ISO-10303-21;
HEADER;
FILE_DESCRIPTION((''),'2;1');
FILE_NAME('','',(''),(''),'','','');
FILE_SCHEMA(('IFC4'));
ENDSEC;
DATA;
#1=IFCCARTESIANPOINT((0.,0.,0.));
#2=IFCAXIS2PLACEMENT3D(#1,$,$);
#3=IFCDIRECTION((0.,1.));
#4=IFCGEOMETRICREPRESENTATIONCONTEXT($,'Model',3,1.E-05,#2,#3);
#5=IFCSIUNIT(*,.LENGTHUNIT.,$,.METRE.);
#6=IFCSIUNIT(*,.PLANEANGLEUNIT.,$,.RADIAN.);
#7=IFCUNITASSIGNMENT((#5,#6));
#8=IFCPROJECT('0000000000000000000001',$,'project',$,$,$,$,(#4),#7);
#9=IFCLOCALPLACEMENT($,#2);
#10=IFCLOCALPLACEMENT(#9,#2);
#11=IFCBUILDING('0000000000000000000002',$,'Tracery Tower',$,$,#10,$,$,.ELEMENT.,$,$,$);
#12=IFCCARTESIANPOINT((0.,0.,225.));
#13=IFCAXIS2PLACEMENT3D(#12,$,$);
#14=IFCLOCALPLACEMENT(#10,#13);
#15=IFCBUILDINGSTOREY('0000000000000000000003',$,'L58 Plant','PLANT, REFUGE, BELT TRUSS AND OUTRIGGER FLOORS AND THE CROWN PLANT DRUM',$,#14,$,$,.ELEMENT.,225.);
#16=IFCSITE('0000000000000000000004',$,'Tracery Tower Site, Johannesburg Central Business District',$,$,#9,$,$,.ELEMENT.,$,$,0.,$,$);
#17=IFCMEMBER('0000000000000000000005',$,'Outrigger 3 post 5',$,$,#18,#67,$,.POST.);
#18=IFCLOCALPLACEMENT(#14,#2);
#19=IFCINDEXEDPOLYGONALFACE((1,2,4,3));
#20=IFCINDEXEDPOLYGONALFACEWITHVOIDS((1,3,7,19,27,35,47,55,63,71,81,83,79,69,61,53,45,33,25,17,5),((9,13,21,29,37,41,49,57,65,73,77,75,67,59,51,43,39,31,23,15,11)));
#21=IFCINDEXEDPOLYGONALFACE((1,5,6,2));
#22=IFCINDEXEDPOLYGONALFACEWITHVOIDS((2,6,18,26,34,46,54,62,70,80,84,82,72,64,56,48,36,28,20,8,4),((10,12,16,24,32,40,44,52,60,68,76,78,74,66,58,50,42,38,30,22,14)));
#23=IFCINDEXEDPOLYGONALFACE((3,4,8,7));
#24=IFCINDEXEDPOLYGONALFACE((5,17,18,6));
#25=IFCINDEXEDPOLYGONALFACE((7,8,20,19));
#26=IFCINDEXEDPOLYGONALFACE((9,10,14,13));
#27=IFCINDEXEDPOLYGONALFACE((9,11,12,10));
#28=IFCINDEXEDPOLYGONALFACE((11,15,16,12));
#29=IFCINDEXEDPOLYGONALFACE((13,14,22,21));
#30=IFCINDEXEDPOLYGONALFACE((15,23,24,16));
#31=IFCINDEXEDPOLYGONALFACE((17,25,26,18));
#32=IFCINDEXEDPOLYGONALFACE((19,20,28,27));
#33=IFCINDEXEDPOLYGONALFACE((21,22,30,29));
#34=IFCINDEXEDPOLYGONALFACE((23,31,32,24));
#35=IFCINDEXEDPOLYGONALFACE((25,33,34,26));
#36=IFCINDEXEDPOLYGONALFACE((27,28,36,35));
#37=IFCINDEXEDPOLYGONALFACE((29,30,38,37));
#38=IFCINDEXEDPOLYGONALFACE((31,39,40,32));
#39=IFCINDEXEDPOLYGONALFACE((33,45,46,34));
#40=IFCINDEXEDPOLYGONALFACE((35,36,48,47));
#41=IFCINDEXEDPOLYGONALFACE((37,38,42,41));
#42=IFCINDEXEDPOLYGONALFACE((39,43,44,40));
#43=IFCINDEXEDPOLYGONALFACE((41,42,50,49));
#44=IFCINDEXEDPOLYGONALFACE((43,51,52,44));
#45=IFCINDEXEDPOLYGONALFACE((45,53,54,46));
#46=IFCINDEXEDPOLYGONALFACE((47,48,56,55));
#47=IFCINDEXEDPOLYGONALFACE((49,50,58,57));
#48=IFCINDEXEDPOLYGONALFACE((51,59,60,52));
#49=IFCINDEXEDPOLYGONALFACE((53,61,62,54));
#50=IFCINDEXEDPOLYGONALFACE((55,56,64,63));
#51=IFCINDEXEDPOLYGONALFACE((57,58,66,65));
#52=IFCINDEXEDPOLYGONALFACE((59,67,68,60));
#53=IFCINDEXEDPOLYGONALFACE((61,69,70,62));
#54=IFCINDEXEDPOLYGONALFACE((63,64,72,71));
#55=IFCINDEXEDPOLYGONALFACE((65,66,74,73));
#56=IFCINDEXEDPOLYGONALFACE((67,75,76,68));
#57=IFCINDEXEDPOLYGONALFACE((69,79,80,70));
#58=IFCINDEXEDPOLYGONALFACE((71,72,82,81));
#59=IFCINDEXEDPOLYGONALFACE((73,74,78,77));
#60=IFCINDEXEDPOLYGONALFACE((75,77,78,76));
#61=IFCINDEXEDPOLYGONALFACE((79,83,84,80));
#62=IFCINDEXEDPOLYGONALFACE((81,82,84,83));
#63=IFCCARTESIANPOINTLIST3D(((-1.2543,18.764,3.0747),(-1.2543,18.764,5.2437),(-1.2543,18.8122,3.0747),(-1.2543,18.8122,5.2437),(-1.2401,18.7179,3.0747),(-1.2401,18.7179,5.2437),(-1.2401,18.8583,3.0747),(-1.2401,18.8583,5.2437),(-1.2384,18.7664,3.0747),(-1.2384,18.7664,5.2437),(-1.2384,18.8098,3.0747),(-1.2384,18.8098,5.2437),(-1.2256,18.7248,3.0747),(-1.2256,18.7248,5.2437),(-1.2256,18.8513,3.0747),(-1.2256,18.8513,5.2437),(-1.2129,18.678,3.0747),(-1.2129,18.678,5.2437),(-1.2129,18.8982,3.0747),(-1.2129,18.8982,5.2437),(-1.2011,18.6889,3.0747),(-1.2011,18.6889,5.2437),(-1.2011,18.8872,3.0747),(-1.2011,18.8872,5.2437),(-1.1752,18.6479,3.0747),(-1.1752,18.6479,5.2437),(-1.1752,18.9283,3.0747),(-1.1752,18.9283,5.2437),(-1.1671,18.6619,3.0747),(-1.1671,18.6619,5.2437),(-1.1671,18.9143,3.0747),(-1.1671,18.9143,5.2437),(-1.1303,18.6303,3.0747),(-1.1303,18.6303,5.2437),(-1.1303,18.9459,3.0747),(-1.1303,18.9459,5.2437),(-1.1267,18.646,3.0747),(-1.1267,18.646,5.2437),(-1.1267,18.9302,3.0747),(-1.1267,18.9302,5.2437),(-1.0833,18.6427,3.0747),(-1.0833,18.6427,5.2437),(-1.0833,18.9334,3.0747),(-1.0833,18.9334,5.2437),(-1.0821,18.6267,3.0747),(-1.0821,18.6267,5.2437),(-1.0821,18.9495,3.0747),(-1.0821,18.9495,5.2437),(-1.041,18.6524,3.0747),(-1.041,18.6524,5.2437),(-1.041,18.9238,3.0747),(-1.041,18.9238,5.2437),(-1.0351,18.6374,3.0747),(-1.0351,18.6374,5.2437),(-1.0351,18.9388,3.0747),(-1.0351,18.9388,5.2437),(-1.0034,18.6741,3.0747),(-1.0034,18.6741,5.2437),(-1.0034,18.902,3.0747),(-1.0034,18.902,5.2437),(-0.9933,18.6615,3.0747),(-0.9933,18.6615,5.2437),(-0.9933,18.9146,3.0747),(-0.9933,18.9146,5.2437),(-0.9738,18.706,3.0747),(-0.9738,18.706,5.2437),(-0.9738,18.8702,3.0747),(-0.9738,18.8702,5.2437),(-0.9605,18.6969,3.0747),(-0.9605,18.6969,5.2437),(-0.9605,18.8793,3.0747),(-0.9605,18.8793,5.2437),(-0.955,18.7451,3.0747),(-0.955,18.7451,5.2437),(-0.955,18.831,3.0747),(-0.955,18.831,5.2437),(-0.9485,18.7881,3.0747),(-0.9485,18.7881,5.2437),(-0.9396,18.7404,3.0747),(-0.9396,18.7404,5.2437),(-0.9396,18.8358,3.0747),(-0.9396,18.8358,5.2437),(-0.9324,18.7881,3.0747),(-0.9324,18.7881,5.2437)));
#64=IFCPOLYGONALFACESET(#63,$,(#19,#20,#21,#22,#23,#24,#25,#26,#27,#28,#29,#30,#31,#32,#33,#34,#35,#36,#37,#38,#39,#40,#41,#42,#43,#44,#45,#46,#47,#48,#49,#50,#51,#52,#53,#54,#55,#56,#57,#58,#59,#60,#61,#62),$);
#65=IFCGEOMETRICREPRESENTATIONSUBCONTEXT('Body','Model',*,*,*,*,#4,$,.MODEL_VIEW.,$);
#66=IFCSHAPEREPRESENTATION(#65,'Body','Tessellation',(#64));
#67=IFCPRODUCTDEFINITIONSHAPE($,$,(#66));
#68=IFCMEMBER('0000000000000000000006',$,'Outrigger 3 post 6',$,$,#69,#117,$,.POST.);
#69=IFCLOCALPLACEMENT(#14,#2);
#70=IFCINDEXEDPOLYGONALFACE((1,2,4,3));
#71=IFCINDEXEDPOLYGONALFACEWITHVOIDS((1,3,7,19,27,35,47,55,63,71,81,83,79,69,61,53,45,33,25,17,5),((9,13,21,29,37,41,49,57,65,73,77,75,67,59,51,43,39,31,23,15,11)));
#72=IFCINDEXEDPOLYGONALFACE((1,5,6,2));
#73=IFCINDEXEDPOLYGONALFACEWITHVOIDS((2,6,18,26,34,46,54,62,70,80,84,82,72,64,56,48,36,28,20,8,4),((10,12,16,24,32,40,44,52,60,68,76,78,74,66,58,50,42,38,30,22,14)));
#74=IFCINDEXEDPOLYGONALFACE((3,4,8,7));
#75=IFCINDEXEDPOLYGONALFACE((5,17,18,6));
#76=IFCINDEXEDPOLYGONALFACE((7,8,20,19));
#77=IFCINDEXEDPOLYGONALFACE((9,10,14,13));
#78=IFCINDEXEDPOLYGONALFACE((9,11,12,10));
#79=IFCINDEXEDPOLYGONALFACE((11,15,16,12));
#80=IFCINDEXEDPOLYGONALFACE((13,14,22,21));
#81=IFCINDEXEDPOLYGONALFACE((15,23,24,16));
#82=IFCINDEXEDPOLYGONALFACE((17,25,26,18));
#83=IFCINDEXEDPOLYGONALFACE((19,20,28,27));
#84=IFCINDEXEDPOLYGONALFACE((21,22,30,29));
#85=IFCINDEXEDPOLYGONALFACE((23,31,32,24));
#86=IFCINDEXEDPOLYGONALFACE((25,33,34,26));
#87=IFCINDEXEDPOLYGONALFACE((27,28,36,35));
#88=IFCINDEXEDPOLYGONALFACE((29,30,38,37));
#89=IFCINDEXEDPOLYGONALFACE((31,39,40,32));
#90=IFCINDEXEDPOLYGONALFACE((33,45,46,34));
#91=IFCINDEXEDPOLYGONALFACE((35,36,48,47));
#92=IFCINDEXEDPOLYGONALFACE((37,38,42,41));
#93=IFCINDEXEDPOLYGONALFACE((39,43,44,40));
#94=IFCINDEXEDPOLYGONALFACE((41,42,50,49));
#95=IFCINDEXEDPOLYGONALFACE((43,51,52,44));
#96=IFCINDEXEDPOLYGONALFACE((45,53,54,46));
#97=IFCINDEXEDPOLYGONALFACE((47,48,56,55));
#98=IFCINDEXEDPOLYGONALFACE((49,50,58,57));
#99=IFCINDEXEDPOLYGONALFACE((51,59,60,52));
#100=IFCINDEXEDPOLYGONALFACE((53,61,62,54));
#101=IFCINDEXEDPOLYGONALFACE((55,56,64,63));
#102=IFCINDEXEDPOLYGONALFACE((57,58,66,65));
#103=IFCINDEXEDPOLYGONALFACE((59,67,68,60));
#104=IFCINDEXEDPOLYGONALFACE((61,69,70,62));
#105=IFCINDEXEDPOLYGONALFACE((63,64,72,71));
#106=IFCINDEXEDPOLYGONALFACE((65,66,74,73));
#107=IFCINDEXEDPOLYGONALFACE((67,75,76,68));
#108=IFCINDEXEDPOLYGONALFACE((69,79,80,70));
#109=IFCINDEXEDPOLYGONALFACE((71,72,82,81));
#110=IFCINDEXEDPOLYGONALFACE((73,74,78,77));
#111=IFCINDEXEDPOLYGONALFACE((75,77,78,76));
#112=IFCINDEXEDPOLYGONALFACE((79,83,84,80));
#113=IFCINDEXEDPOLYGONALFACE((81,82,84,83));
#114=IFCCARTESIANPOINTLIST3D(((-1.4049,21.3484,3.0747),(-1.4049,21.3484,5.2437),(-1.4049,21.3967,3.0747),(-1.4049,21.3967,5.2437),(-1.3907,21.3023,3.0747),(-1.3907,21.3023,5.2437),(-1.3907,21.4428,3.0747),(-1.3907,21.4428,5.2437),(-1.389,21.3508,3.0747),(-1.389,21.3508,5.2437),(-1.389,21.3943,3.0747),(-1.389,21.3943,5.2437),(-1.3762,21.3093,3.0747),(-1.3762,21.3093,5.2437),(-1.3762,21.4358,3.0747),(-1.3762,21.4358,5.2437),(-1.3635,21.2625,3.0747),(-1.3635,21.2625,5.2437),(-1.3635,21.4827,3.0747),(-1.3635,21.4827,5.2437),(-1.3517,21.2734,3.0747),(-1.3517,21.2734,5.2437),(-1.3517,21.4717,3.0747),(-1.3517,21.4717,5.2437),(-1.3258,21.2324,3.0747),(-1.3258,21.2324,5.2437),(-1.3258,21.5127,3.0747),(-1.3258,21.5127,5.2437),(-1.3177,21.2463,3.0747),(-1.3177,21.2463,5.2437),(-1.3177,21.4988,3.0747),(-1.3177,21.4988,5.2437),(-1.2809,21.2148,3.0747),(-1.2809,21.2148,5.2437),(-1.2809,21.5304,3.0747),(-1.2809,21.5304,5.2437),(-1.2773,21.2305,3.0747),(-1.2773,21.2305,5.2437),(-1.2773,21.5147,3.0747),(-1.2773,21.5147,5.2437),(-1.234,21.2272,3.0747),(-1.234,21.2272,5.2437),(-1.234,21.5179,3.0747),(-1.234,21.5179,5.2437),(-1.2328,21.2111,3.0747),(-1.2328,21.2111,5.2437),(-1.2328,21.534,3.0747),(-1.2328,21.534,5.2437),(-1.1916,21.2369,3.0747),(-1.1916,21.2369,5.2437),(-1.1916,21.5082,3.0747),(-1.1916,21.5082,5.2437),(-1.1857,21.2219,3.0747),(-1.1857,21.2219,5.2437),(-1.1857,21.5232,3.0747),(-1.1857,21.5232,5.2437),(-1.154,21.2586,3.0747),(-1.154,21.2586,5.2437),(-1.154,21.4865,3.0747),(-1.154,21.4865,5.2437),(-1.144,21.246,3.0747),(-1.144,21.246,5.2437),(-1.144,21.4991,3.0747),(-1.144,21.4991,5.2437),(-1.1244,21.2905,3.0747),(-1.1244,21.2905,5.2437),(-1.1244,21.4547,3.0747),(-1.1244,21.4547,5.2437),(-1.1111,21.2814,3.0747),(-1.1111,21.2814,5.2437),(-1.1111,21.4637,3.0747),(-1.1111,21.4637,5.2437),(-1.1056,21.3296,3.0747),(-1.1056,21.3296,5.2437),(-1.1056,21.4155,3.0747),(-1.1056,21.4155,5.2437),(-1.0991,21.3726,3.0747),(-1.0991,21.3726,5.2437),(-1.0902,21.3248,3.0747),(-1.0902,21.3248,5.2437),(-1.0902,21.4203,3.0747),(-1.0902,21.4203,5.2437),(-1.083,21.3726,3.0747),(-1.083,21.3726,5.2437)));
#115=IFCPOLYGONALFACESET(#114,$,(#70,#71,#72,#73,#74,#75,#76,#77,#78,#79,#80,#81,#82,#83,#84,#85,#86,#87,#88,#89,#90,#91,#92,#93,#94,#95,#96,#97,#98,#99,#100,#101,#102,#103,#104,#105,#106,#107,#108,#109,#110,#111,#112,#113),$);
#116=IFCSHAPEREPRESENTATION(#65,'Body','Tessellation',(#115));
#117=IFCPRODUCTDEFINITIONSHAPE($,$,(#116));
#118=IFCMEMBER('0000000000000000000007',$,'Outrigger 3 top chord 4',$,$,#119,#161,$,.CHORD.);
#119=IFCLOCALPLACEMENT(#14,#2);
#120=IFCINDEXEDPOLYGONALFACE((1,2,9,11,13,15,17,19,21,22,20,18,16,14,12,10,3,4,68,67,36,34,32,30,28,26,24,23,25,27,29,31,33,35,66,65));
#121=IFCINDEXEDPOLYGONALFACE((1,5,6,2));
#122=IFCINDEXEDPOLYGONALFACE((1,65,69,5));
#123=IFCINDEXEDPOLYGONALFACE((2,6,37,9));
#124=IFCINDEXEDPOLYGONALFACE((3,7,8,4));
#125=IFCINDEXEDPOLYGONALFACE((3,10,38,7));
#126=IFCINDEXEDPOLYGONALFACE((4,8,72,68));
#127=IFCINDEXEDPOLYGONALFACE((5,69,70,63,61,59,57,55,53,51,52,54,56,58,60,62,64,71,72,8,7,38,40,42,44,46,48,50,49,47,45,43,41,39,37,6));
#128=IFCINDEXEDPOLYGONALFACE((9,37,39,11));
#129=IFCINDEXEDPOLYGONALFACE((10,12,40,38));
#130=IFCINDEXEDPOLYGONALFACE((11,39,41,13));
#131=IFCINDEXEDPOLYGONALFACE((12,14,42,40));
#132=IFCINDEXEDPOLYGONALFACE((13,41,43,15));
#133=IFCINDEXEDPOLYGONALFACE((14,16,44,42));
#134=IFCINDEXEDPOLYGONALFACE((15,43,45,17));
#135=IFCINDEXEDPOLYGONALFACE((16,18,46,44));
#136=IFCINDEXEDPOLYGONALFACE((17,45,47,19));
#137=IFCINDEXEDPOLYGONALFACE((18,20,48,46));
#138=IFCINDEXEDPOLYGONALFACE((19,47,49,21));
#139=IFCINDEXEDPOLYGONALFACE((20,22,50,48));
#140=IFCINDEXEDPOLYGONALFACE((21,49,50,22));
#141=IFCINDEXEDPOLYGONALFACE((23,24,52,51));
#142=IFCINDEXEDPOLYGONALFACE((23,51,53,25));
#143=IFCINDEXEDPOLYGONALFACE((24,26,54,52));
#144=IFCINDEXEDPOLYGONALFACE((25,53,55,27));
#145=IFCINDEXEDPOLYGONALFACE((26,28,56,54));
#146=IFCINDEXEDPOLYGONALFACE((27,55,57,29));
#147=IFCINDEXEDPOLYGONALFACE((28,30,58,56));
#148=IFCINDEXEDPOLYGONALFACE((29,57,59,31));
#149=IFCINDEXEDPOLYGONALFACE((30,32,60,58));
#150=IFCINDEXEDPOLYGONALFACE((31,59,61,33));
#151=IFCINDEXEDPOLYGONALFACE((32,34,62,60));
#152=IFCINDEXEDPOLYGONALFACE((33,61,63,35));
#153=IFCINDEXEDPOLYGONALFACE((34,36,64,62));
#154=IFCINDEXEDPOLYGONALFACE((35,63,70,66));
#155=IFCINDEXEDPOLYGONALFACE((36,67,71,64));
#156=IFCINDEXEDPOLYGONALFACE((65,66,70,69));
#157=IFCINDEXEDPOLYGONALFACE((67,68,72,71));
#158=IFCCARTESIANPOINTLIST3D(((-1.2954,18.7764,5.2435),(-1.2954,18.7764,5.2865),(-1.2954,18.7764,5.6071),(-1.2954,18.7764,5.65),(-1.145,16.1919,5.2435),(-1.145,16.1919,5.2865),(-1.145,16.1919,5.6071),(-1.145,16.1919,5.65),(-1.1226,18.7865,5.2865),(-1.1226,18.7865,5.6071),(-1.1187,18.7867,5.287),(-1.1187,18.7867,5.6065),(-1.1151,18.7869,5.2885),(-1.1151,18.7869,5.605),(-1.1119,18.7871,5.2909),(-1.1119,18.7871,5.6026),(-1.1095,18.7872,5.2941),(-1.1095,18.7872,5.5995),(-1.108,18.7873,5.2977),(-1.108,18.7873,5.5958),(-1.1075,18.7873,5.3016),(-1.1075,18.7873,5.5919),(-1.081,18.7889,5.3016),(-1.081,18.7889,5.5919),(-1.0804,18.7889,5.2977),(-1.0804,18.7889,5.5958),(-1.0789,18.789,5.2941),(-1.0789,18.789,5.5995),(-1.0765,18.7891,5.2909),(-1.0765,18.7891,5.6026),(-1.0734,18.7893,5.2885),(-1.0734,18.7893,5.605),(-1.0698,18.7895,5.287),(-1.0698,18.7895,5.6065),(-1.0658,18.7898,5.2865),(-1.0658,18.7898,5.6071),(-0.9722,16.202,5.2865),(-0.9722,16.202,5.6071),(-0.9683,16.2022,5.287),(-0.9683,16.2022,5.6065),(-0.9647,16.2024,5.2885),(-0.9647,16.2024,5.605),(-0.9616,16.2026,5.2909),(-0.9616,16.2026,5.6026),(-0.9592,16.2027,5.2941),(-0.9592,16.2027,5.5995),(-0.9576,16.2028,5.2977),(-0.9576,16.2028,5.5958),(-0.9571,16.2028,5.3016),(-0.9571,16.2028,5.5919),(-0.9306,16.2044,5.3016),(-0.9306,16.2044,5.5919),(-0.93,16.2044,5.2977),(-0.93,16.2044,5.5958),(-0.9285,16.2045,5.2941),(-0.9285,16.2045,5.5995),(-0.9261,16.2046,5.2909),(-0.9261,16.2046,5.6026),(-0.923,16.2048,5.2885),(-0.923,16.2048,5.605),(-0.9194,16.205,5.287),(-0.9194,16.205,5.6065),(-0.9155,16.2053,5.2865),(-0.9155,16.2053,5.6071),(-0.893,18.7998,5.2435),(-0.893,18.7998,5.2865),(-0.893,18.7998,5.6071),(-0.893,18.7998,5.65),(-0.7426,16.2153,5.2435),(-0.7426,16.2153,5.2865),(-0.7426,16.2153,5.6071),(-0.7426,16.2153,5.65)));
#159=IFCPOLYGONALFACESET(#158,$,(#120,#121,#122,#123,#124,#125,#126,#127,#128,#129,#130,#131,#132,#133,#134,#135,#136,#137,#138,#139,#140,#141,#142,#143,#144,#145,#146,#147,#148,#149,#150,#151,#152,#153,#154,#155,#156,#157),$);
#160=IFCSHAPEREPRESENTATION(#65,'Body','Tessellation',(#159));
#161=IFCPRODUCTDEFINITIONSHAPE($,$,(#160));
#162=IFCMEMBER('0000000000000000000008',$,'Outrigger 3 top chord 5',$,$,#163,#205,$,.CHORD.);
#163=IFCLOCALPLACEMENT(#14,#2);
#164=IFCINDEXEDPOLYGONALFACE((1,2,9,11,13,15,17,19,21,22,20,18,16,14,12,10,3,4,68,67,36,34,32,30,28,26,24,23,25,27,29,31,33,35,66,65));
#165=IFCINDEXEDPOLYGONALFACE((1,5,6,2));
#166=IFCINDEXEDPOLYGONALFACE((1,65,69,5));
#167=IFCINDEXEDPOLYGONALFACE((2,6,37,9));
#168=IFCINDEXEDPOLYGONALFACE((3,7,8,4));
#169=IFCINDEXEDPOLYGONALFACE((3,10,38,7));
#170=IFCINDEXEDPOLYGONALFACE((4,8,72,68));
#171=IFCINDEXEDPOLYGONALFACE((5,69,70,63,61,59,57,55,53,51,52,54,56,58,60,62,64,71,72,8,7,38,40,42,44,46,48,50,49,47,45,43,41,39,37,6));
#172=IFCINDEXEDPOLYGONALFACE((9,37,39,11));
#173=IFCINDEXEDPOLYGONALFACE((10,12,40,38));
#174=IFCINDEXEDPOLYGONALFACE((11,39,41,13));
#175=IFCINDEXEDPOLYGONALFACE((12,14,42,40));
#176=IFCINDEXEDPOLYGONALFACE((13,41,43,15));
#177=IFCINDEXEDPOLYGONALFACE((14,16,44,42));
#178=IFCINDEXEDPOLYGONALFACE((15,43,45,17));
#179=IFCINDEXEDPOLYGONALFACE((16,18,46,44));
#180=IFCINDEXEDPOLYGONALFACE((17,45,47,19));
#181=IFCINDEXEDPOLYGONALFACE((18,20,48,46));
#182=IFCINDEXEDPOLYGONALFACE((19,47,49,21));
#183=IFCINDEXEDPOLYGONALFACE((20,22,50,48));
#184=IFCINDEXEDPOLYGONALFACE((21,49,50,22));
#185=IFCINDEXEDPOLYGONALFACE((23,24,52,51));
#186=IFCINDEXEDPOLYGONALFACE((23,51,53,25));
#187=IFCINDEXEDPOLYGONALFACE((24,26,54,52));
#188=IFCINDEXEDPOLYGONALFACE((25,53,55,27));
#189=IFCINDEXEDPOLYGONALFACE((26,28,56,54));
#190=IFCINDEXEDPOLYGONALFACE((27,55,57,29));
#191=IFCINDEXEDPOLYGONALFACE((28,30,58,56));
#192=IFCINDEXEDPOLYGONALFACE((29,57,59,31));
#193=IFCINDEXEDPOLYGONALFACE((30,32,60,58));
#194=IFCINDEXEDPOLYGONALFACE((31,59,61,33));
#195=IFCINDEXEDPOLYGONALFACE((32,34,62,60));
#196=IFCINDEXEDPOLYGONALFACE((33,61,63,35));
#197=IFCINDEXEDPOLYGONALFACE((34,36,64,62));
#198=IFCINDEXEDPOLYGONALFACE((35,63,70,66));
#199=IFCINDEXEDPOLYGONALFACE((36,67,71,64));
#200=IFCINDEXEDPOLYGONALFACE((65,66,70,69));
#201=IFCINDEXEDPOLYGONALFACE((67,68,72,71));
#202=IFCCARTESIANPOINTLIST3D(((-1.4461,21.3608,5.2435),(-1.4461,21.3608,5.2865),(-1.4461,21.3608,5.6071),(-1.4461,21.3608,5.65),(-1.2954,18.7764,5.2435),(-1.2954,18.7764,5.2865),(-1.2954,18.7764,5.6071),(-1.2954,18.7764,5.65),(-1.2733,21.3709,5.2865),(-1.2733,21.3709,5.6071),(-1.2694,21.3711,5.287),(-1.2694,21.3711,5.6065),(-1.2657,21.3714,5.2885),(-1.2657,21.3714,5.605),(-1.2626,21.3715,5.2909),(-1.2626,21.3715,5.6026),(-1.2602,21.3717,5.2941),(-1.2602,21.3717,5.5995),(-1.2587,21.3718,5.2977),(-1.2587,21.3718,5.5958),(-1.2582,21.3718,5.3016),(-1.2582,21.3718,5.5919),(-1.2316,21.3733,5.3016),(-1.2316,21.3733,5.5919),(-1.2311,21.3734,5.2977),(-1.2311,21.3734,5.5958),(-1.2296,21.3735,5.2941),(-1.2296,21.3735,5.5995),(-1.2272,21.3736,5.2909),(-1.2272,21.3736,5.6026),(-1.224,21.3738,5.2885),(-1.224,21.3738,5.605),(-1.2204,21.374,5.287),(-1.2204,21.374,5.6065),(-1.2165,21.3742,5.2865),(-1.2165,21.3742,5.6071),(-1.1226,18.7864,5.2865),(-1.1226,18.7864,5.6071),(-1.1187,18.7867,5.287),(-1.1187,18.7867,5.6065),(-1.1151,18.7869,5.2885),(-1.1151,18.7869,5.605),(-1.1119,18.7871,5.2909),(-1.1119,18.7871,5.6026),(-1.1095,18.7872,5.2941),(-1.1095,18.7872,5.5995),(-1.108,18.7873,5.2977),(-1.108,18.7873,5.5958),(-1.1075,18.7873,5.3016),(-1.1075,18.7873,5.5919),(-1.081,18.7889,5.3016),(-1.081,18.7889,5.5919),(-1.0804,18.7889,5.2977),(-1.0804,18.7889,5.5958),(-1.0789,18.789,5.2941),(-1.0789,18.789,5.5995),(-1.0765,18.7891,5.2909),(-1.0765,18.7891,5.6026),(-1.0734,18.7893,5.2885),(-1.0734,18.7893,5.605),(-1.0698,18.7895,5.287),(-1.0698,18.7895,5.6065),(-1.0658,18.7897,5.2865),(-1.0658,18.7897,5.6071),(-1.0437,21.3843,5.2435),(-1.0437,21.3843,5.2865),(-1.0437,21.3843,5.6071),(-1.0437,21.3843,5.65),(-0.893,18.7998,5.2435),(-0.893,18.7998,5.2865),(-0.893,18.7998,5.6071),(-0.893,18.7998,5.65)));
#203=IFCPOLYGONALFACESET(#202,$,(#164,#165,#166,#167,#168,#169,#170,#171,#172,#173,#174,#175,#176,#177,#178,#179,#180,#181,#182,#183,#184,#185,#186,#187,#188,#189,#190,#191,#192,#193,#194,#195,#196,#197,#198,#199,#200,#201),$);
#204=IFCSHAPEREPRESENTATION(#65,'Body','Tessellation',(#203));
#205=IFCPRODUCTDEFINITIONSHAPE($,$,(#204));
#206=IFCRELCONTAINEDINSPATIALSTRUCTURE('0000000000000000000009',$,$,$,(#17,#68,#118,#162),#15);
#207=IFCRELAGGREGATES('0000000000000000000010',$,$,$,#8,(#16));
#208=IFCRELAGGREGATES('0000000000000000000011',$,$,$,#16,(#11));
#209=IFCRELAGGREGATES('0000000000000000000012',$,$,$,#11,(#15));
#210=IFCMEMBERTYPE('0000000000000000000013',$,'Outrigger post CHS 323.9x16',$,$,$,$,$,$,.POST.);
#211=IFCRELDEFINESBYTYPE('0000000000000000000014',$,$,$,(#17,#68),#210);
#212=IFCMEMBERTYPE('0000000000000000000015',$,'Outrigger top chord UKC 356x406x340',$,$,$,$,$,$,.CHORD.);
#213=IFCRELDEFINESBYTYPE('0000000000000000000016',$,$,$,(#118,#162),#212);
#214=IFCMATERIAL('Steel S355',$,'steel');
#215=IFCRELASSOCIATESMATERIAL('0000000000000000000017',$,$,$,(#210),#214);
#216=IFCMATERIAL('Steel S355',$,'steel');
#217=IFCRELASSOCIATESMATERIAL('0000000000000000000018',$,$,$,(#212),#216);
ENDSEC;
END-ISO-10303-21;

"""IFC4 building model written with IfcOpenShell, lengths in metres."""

from ifc_helpers import new_model, si_unit, direction, frame, origin, origin_2d, place, context, subcontext, project, spatial, hollow_circle, i_section, extrude, material, material_profile, profile_set, type_object, element, save


model = new_model("IFC4")

# Units and contexts
model_context = context("Model", 3, precision=1e-05, world=origin(), true_north=direction((0.0, 1.0)))
body_context = subcontext(model_context, "Body", "Model", "MODEL_VIEW")
ifc_project = project(units=[si_unit("LENGTHUNIT", "METRE"), si_unit("PLANEANGLEUNIT", "RADIAN")], contexts=[model_context])

# Site, building, storey
site_placement = place(None, origin())
site = spatial("IfcSite", under=ifc_project, at=site_placement, Name="Tracery Tower Site, Johannesburg Central Business District", CompositionType="ELEMENT", RefElevation=0.0)
building_placement = place(site_placement, origin())
building = spatial("IfcBuilding", under=site, at=building_placement, Name="Tracery Tower", CompositionType="ELEMENT")
storey_placement = place(building_placement, frame((0.0, 0.0, 225.0)))
storey = spatial("IfcBuildingStorey", under=building, at=storey_placement, Name="L58 Plant", Description="PLANT, REFUGE, BELT TRUSS AND OUTRIGGER FLOORS AND THE CROWN PLANT DRUM", CompositionType="ELEMENT", Elevation=225.0)

# Members
ifc_material_1 = material(Name="Steel S355", Category="steel")
ifc_material_profile_1 = material_profile(ifc_material_1, hollow_circle(Radius=0.1619, WallThickness=0.0161, at=origin_2d()), Name="CHS 323.9x16")
ifc_profile_set_1 = profile_set([ifc_material_profile_1], Name="Steel S355")
member_type_1 = type_object("IfcMemberType", Name="Outrigger post CHS 323.9x16", PredefinedType="POST", material=ifc_profile_set_1)
for number, where, z_axis, x_axis, name in (
    (1, (-1.0942, 18.7881, 3.0747), (0.0, 0.0, 1.0), (1.0, 0.0, 0.0), "Outrigger 3 post 5"),
    (2, (-1.2449, 21.3726, 3.0747), (0.0, 0.0, 1.0), (1.0, 0.0, 0.0), "Outrigger 3 post 6"),
):
    element("IfcMember", number, at=place(storey_placement, frame(where, z_axis=z_axis, x_axis=x_axis)), inside=storey, type_object=member_type_1, Name=name, PredefinedType="POST", context=body_context, shape_type="SweptSolid", body=[
        extrude(hollow_circle(Radius=0.1619, WallThickness=0.0161, at=origin_2d()), origin(), (0.0, 0.0, 1.0), 2.1689),
    ])
ifc_material_2 = material(Name="Steel S355", Category="steel")
ifc_material_profile_2 = material_profile(ifc_material_2, i_section(OverallWidth=0.4031, OverallDepth=0.4065, WebThickness=0.0266, FlangeThickness=0.043, FilletRadius=0.0151, at=origin_2d()), Name="UKC 356x406x340")
ifc_profile_set_2 = profile_set([ifc_material_profile_2], Name="Steel S355")
member_type_2 = type_object("IfcMemberType", Name="Outrigger top chord UKC 356x406x340", PredefinedType="CHORD", material=ifc_profile_set_2)
for number, where, z_axis, x_axis, name in (
    (3, (-0.9438, 16.2036, 5.4468), (-0.058092, 0.998311, 0.0), (-0.998311, -0.058092, 0.0), "Outrigger 3 top chord 4"),
    (4, (-1.0942, 18.7881, 5.4468), (-0.058186, 0.998306, 0.0), (-0.998306, -0.058186, 0.0), "Outrigger 3 top chord 5"),
):
    element("IfcMember", number, at=place(storey_placement, frame(where, z_axis=z_axis, x_axis=x_axis)), inside=storey, type_object=member_type_2, Name=name, PredefinedType="CHORD", context=body_context, shape_type="SweptSolid", body=[
        extrude(i_section(OverallWidth=0.4031, OverallDepth=0.4065, WebThickness=0.0266, FlangeThickness=0.043, FilletRadius=0.0151, at=origin_2d()), origin(), (0.0, 0.0, 1.0), 2.5889),
    ])

save(model, "model.ifc")
